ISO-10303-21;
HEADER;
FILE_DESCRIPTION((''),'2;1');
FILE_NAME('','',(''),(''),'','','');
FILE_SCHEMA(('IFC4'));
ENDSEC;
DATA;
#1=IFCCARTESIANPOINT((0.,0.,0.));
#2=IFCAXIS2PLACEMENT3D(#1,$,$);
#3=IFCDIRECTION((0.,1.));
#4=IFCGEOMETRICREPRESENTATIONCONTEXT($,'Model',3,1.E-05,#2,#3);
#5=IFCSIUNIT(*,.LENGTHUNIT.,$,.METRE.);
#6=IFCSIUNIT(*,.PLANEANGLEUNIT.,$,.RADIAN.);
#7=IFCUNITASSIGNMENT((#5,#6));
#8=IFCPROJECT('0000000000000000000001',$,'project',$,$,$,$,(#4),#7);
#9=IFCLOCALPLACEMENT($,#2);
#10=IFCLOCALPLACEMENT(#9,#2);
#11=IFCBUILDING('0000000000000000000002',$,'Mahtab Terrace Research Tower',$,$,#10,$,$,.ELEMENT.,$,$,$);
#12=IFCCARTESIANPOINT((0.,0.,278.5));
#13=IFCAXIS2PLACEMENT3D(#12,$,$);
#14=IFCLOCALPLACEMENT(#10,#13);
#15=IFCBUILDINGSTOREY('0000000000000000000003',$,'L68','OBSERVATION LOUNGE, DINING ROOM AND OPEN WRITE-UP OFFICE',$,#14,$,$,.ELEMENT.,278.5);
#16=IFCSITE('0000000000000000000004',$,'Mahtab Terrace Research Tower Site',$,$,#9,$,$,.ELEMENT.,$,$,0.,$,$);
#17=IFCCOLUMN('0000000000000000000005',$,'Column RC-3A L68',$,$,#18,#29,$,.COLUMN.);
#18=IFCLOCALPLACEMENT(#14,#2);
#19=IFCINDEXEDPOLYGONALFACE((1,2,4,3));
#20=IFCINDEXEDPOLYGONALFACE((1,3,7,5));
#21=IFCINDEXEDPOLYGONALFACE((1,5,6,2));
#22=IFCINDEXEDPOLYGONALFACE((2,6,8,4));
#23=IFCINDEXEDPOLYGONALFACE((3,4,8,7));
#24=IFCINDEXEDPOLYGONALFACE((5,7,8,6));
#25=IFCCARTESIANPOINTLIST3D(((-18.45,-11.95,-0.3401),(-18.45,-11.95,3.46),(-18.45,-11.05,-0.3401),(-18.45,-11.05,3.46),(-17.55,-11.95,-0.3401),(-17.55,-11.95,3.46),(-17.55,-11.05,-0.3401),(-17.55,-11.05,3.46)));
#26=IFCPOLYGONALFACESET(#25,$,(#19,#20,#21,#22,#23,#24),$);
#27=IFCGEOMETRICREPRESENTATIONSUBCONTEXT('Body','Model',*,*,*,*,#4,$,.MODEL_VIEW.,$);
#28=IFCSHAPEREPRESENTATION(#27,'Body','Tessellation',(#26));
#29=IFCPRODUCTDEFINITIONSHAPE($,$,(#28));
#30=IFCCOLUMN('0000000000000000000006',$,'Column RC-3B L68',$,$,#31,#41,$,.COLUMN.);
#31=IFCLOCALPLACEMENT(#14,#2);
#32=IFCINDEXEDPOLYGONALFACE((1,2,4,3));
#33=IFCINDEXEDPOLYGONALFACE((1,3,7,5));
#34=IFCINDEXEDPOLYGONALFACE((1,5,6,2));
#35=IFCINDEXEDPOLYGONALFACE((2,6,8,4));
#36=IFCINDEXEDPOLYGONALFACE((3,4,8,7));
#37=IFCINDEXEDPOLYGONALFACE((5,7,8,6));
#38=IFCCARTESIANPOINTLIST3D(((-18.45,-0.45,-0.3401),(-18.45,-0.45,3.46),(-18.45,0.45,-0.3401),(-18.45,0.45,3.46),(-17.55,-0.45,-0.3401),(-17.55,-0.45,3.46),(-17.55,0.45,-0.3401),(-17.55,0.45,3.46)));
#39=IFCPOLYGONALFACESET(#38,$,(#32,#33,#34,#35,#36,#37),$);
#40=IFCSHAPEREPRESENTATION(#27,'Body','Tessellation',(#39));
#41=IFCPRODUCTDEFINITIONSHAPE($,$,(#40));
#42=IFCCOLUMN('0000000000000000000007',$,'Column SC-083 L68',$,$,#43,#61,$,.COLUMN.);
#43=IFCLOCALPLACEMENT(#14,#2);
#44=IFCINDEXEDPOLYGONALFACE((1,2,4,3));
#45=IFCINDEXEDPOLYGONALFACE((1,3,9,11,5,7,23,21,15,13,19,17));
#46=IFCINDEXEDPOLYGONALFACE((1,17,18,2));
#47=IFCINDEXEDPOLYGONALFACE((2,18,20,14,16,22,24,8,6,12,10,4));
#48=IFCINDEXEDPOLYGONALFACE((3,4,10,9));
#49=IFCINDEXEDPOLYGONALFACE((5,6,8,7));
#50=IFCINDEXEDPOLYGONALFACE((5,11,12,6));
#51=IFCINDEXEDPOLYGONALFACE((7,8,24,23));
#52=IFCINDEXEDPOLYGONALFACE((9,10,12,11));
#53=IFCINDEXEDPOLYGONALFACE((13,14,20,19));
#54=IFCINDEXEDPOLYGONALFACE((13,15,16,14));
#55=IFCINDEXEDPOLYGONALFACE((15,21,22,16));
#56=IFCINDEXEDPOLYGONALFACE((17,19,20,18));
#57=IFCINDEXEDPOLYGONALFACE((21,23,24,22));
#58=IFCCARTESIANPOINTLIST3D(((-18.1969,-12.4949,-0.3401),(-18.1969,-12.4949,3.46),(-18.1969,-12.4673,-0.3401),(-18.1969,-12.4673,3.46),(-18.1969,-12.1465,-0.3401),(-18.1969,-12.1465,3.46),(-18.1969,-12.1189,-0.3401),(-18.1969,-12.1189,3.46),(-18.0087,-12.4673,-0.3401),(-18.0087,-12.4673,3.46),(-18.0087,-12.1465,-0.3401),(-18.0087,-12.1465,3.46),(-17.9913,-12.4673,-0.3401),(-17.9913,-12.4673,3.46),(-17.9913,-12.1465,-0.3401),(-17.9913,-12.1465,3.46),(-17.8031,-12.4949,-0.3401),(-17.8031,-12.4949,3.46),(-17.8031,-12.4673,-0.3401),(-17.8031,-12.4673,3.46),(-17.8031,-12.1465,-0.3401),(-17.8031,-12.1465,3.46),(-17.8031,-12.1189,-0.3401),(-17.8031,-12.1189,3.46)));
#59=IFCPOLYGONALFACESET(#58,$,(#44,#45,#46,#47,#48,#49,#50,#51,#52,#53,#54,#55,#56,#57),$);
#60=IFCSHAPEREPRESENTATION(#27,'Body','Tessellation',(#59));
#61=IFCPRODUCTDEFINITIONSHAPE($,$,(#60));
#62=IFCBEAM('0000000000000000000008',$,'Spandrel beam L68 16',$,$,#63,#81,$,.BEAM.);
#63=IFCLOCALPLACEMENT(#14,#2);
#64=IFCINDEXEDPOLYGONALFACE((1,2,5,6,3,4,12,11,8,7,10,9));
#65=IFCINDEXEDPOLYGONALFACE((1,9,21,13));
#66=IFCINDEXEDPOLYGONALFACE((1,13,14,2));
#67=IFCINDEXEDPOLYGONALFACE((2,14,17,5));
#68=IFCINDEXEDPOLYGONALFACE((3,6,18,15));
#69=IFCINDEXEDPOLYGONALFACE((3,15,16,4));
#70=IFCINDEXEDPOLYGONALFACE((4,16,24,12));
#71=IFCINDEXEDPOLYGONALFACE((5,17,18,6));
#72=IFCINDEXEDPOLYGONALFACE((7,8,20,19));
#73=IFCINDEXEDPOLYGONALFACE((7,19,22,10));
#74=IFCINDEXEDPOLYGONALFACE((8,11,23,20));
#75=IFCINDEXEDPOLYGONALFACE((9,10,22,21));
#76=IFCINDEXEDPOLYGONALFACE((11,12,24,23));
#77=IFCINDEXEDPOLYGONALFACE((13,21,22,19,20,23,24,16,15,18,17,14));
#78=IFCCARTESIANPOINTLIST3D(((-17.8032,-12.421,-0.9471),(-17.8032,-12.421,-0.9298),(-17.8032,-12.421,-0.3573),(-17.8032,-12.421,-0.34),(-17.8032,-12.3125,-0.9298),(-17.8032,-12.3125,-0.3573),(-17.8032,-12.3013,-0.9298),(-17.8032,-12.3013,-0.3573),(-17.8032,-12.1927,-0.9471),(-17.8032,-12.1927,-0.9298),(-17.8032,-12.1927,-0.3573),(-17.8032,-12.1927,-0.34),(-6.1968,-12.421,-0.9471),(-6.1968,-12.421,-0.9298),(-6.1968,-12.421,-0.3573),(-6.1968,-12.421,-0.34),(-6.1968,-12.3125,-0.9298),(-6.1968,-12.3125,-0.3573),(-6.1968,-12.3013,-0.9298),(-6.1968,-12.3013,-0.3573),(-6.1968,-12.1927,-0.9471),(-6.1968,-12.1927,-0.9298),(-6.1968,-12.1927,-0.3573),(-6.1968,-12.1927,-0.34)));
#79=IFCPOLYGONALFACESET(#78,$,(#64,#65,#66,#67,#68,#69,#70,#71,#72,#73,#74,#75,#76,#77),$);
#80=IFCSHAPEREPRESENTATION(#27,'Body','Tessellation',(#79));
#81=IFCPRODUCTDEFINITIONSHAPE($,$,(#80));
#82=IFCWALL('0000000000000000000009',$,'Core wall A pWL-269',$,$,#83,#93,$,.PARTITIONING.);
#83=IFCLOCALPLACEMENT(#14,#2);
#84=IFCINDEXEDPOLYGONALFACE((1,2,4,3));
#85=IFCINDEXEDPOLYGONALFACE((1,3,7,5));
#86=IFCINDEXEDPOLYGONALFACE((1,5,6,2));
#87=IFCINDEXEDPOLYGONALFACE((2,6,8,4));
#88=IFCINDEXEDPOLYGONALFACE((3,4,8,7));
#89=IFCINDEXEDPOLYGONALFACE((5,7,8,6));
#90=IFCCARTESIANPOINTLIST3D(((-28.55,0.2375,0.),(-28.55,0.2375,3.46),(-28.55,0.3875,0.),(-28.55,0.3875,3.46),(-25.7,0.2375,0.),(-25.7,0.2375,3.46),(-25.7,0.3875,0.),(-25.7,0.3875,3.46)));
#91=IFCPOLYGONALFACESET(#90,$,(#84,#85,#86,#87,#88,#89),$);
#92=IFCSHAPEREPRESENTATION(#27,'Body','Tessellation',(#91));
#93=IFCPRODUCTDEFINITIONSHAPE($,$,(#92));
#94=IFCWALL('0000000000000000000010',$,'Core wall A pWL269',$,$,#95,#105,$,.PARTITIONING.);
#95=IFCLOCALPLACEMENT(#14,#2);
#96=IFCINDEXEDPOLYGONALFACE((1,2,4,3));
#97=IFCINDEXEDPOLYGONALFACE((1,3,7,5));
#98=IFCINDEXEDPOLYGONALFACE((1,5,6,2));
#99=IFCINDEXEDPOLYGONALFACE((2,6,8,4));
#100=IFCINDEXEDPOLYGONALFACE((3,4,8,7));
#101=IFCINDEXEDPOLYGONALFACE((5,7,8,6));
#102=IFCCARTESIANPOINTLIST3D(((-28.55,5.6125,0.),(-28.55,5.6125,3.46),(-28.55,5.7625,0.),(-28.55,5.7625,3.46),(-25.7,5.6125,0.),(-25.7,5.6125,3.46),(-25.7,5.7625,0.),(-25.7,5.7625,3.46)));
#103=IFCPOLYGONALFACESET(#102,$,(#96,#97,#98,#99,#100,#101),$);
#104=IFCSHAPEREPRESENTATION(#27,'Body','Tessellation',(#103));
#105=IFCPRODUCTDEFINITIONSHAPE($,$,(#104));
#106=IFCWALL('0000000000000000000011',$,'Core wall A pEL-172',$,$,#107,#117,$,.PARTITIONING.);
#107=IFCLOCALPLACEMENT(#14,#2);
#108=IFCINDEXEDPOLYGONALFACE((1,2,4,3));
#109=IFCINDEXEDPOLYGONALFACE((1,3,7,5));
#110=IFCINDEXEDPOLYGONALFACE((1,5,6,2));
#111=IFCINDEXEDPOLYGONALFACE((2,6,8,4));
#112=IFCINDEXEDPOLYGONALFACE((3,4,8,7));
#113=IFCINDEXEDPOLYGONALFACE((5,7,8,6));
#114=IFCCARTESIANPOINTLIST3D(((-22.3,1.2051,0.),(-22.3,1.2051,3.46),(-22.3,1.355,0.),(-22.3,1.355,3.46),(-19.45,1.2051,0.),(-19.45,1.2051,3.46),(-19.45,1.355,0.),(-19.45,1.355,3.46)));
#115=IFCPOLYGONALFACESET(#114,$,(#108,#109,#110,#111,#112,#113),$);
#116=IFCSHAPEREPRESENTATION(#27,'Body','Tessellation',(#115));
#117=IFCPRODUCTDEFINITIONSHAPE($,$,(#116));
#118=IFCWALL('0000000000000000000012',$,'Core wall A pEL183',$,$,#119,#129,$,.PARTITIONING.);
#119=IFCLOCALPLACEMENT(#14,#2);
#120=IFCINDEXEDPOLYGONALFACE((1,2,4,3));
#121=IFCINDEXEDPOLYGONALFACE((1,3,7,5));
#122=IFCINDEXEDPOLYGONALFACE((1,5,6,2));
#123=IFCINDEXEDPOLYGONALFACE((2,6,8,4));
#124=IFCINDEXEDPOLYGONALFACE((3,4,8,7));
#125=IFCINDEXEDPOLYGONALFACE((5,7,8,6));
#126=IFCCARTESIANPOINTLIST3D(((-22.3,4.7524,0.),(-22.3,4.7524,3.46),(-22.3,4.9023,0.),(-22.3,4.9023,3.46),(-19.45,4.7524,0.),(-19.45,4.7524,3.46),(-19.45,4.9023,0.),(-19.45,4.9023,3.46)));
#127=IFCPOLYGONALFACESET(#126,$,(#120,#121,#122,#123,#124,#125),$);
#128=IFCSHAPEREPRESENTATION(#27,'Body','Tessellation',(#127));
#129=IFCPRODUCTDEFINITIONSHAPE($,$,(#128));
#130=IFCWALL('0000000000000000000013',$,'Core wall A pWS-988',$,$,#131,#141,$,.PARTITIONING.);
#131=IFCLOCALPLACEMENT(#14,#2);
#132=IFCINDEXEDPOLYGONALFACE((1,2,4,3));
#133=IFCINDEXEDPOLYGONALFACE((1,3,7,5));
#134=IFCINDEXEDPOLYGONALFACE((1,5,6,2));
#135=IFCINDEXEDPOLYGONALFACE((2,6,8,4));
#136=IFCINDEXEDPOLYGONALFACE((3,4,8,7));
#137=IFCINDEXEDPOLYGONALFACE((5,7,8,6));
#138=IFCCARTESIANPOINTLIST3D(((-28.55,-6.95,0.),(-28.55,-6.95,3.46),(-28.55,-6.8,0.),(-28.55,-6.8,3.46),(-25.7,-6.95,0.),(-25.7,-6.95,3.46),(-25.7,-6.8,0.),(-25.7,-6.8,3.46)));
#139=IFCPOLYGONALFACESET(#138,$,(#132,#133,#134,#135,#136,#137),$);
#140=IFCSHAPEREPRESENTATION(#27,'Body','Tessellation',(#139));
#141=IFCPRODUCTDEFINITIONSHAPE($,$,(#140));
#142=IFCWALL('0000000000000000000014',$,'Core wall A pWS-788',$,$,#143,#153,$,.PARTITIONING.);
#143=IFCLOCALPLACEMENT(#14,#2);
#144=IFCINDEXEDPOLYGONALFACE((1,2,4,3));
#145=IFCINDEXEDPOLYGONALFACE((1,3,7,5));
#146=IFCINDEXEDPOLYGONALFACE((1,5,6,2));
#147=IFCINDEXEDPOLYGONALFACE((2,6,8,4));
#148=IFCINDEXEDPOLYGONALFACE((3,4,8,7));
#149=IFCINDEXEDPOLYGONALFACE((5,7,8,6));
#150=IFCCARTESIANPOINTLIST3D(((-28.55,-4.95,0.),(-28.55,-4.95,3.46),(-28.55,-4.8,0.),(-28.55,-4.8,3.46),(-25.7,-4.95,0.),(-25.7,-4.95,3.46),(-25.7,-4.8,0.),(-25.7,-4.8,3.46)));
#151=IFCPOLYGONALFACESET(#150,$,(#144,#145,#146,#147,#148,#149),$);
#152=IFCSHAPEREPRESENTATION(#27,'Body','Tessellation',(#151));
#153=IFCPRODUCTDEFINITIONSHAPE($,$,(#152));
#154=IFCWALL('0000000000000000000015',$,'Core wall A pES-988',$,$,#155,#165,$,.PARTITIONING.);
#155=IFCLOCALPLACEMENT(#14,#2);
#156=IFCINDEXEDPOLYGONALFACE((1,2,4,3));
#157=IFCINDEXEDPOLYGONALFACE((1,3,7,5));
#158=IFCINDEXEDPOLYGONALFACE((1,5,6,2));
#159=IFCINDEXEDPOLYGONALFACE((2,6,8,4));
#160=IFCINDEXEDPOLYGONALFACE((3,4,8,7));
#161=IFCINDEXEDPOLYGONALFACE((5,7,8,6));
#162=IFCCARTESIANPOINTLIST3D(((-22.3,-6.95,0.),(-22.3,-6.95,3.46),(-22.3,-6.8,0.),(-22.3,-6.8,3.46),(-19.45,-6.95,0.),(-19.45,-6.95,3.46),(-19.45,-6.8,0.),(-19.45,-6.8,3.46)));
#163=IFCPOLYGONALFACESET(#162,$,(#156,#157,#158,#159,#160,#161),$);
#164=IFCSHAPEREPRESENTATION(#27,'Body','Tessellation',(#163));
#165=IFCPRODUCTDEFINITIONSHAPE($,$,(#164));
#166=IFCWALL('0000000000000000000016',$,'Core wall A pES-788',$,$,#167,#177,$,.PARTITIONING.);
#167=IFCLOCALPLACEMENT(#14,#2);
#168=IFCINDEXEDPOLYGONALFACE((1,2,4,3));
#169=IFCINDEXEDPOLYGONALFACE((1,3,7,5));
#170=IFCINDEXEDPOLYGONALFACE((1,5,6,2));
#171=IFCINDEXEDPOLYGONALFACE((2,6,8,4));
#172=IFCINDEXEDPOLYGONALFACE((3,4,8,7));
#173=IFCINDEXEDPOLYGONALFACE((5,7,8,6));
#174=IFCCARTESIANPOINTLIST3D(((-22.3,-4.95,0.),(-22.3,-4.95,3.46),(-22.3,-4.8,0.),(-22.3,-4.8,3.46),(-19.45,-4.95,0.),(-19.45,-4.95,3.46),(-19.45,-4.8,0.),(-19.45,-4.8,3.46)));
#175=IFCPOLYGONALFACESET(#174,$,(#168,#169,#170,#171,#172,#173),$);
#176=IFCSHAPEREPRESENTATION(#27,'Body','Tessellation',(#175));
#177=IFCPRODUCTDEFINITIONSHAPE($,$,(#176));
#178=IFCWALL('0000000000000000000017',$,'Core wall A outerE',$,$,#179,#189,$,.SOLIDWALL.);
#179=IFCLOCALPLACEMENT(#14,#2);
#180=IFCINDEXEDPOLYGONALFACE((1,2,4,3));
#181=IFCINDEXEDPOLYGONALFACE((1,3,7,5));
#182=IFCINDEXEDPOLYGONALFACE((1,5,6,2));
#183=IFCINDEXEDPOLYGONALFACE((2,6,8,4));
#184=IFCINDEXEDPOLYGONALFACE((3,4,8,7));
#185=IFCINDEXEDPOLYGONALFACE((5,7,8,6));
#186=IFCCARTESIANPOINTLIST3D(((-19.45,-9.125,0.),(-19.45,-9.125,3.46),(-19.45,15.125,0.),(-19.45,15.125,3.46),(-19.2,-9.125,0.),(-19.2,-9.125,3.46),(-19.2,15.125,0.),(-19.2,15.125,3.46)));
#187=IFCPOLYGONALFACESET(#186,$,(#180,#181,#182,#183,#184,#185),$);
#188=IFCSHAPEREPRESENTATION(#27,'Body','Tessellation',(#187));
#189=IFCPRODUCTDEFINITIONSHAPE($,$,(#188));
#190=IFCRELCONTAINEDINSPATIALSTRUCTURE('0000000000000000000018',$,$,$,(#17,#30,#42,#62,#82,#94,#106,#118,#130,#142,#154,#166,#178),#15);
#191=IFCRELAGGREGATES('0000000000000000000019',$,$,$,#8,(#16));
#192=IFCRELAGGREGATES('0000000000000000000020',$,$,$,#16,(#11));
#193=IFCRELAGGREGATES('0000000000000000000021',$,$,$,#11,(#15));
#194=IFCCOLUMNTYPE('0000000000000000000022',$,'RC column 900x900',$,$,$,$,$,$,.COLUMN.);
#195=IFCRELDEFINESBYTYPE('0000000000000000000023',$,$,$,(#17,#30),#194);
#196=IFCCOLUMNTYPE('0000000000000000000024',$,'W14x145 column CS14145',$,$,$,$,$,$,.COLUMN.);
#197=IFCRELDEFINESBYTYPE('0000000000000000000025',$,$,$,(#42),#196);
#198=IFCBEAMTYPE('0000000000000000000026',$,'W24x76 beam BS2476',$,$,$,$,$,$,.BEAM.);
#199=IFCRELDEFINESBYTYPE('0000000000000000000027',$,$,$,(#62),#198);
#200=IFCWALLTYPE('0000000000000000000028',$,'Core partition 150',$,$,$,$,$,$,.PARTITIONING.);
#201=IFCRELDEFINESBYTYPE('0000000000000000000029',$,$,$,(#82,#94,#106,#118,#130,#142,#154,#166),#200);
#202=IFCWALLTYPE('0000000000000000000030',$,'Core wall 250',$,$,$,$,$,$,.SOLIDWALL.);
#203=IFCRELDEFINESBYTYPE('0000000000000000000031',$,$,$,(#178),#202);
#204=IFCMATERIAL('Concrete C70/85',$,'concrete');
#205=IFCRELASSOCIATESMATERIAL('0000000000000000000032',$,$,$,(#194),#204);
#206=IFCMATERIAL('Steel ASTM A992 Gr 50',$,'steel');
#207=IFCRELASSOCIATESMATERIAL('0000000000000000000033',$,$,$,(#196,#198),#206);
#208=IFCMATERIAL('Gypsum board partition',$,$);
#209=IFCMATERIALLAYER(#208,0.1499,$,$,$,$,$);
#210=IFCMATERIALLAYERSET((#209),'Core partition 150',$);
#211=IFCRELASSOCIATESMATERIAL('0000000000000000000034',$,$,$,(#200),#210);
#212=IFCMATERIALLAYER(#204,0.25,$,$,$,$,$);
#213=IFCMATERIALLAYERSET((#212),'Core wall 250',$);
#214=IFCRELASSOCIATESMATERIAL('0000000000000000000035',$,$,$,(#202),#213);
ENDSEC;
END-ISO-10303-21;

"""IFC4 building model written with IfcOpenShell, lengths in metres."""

from ifc_helpers import new_model, si_unit, direction, frame, frame_2d, origin, origin_2d, place, context, subcontext, project, spatial, rectangle, i_section, extrude, material, layer, layer_set, material_profile, profile_set, type_object, element, save


model = new_model("IFC4")

# Units and contexts
model_context = context("Model", 3, precision=1e-05, world=origin(), true_north=direction((0.0, 1.0)))
body_context = subcontext(model_context, "Body", "Model", "MODEL_VIEW")
ifc_project = project(units=[si_unit("LENGTHUNIT", "METRE"), si_unit("PLANEANGLEUNIT", "RADIAN")], contexts=[model_context])

# Site, building, storey
site_placement = place(None, origin())
site = spatial("IfcSite", under=ifc_project, at=site_placement, Name="Mahtab Terrace Research Tower Site", CompositionType="ELEMENT", RefElevation=0.0)
building_placement = place(site_placement, origin())
building = spatial("IfcBuilding", under=site, at=building_placement, Name="Mahtab Terrace Research Tower", CompositionType="ELEMENT")
storey_placement = place(building_placement, frame((0.0, 0.0, 278.5)))
storey = spatial("IfcBuildingStorey", under=building, at=storey_placement, Name="L68", Description="OBSERVATION LOUNGE, DINING ROOM AND OPEN WRITE-UP OFFICE", CompositionType="ELEMENT", Elevation=278.5)

# Columns
ifc_material_1 = material(Name="Concrete C70/85", Category="concrete")
ifc_material_profile_1 = material_profile(ifc_material_1, rectangle(XDim=0.8999, YDim=0.8999, at=origin_2d()), Name="RC column 900x900")
ifc_profile_set_1 = profile_set([ifc_material_profile_1], Name="Concrete C70/85")
column_type_1 = type_object("IfcColumnType", Name="RC column 900x900", PredefinedType="COLUMN", material=ifc_profile_set_1)
for number, where, z_axis, x_axis, name in (
    (1, (-18.0, -11.5, -0.3401), (0.0, 0.0, 1.0), (1.0, 0.0, 0.0), "Column RC-3A L68"),
    (2, (-18.0, 0.0, -0.3401), (0.0, 0.0, 1.0), (1.0, 0.0, 0.0), "Column RC-3B L68"),
):
    element("IfcColumn", number, at=place(storey_placement, frame(where, z_axis=z_axis, x_axis=x_axis)), inside=storey, type_object=column_type_1, Name=name, PredefinedType="COLUMN", context=body_context, shape_type="SweptSolid", body=[
        extrude(rectangle(XDim=0.8999, YDim=0.8999, at=origin_2d()), origin(), (0.0, 0.0, 1.0), 3.8),
    ])
ifc_material_2 = material(Name="Steel ASTM A992 Gr 50", Category="steel")
ifc_material_profile_2 = material_profile(ifc_material_2, i_section(OverallWidth=0.3938, OverallDepth=0.376, WebThickness=0.0173, FlangeThickness=0.0276, at=origin_2d()), Name="W14X145")
ifc_profile_set_2 = profile_set([ifc_material_profile_2], Name="Steel ASTM A992 Gr 50")
column_type_2 = type_object("IfcColumnType", Name="W14x145 column CS14145", PredefinedType="COLUMN", material=ifc_profile_set_2)
column_placement = place(storey_placement, frame((-18.0, -12.3069, -0.3401), z_axis=(0.0, 0.0, 1.0), x_axis=(1.0, 0.0, 0.0)))
element("IfcColumn", 3, at=column_placement, inside=storey, type_object=column_type_2, Name="Column SC-083 L68", PredefinedType="COLUMN", context=body_context, shape_type="SweptSolid", body=[
    extrude(i_section(OverallWidth=0.3938, OverallDepth=0.376, WebThickness=0.0173, FlangeThickness=0.0276, at=origin_2d()), origin(), (0.0, 0.0, 1.0), 3.8),
])

# Beam
ifc_material_profile_3 = material_profile(ifc_material_2, i_section(OverallWidth=0.2283, OverallDepth=0.6072, WebThickness=0.0112, FlangeThickness=0.0173, at=origin_2d()), Name="W24X76")
ifc_profile_set_3 = profile_set([ifc_material_profile_3], Name="Steel ASTM A992 Gr 50")
beam_type = type_object("IfcBeamType", Name="W24x76 beam BS2476", PredefinedType="BEAM", material=ifc_profile_set_3)
beam_placement = place(storey_placement, frame((-17.8032, -12.3069, -0.6436), z_axis=(1.0, 0.0, 0.0), x_axis=(0.0, 1.0, 0.0)))
element("IfcBeam", 4, at=beam_placement, inside=storey, type_object=beam_type, Name="Spandrel beam L68 16", PredefinedType="BEAM", context=body_context, shape_type="SweptSolid", body=[
    extrude(i_section(OverallWidth=0.2283, OverallDepth=0.6072, WebThickness=0.0112, FlangeThickness=0.0173, at=origin_2d()), origin(), (0.0, 0.0, 1.0), 11.6064),
])

# Walls
ifc_material_3 = material(Name="Gypsum board partition")
ifc_layer_1 = layer(ifc_material_3, 0.1499)
ifc_layer_set_1 = layer_set([ifc_layer_1], Name="Core partition 150")
wall_type_1 = type_object("IfcWallType", Name="Core partition 150", PredefinedType="PARTITIONING", material=ifc_layer_set_1)
for number, where, z_axis, x_axis, name in (
    (5, (-28.55, 0.3125, 0.0), (0.0, 0.0, 1.0), (1.0, 0.0, 0.0), "Core wall A pWL-269"),
    (6, (-28.55, 5.6875, 0.0), (0.0, 0.0, 1.0), (1.0, 0.0, 0.0), "Core wall A pWL269"),
    (7, (-22.3, 1.28, 0.0), (0.0, 0.0, 1.0), (1.0, 0.0, 0.0), "Core wall A pEL-172"),
    (8, (-22.3, 4.8274, 0.0), (0.0, 0.0, 1.0), (1.0, 0.0, 0.0), "Core wall A pEL183"),
    (9, (-28.55, -6.875, 0.0), (0.0, 0.0, 1.0), (1.0, 0.0, 0.0), "Core wall A pWS-988"),
    (10, (-28.55, -4.875, 0.0), (0.0, 0.0, 1.0), (1.0, 0.0, 0.0), "Core wall A pWS-788"),
    (11, (-22.3, -6.875, 0.0), (0.0, 0.0, 1.0), (1.0, 0.0, 0.0), "Core wall A pES-988"),
    (12, (-22.3, -4.875, 0.0), (0.0, 0.0, 1.0), (1.0, 0.0, 0.0), "Core wall A pES-788"),
):
    element("IfcWall", number, at=place(storey_placement, frame(where, z_axis=z_axis, x_axis=x_axis)), inside=storey, type_object=wall_type_1, Name=name, PredefinedType="PARTITIONING", context=body_context, shape_type="SweptSolid", body=[
        extrude(rectangle(XDim=2.8501, YDim=0.1499, at=frame_2d((1.425, 0.0))), origin(), (0.0, 0.0, 1.0), 3.46),
    ])
ifc_layer_2 = layer(ifc_material_1, 0.25)
ifc_layer_set_2 = layer_set([ifc_layer_2], Name="Core wall 250")
wall_type_2 = type_object("IfcWallType", Name="Core wall 250", PredefinedType="SOLIDWALL", material=ifc_layer_set_2)
wall_1_placement = place(storey_placement, frame((-19.325, -9.125, 0.0), z_axis=(0.0, 0.0, 1.0), x_axis=(0.0, 1.0, 0.0)))
element("IfcWall", 13, at=wall_1_placement, inside=storey, type_object=wall_type_2, Name="Core wall A outerE", PredefinedType="SOLIDWALL", context=body_context, shape_type="SweptSolid", body=[
    extrude(rectangle(XDim=24.25, YDim=0.25, at=frame_2d((12.125, 0.0))), origin(), (0.0, 0.0, 1.0), 3.46),
])

save(model, "model.ifc")
